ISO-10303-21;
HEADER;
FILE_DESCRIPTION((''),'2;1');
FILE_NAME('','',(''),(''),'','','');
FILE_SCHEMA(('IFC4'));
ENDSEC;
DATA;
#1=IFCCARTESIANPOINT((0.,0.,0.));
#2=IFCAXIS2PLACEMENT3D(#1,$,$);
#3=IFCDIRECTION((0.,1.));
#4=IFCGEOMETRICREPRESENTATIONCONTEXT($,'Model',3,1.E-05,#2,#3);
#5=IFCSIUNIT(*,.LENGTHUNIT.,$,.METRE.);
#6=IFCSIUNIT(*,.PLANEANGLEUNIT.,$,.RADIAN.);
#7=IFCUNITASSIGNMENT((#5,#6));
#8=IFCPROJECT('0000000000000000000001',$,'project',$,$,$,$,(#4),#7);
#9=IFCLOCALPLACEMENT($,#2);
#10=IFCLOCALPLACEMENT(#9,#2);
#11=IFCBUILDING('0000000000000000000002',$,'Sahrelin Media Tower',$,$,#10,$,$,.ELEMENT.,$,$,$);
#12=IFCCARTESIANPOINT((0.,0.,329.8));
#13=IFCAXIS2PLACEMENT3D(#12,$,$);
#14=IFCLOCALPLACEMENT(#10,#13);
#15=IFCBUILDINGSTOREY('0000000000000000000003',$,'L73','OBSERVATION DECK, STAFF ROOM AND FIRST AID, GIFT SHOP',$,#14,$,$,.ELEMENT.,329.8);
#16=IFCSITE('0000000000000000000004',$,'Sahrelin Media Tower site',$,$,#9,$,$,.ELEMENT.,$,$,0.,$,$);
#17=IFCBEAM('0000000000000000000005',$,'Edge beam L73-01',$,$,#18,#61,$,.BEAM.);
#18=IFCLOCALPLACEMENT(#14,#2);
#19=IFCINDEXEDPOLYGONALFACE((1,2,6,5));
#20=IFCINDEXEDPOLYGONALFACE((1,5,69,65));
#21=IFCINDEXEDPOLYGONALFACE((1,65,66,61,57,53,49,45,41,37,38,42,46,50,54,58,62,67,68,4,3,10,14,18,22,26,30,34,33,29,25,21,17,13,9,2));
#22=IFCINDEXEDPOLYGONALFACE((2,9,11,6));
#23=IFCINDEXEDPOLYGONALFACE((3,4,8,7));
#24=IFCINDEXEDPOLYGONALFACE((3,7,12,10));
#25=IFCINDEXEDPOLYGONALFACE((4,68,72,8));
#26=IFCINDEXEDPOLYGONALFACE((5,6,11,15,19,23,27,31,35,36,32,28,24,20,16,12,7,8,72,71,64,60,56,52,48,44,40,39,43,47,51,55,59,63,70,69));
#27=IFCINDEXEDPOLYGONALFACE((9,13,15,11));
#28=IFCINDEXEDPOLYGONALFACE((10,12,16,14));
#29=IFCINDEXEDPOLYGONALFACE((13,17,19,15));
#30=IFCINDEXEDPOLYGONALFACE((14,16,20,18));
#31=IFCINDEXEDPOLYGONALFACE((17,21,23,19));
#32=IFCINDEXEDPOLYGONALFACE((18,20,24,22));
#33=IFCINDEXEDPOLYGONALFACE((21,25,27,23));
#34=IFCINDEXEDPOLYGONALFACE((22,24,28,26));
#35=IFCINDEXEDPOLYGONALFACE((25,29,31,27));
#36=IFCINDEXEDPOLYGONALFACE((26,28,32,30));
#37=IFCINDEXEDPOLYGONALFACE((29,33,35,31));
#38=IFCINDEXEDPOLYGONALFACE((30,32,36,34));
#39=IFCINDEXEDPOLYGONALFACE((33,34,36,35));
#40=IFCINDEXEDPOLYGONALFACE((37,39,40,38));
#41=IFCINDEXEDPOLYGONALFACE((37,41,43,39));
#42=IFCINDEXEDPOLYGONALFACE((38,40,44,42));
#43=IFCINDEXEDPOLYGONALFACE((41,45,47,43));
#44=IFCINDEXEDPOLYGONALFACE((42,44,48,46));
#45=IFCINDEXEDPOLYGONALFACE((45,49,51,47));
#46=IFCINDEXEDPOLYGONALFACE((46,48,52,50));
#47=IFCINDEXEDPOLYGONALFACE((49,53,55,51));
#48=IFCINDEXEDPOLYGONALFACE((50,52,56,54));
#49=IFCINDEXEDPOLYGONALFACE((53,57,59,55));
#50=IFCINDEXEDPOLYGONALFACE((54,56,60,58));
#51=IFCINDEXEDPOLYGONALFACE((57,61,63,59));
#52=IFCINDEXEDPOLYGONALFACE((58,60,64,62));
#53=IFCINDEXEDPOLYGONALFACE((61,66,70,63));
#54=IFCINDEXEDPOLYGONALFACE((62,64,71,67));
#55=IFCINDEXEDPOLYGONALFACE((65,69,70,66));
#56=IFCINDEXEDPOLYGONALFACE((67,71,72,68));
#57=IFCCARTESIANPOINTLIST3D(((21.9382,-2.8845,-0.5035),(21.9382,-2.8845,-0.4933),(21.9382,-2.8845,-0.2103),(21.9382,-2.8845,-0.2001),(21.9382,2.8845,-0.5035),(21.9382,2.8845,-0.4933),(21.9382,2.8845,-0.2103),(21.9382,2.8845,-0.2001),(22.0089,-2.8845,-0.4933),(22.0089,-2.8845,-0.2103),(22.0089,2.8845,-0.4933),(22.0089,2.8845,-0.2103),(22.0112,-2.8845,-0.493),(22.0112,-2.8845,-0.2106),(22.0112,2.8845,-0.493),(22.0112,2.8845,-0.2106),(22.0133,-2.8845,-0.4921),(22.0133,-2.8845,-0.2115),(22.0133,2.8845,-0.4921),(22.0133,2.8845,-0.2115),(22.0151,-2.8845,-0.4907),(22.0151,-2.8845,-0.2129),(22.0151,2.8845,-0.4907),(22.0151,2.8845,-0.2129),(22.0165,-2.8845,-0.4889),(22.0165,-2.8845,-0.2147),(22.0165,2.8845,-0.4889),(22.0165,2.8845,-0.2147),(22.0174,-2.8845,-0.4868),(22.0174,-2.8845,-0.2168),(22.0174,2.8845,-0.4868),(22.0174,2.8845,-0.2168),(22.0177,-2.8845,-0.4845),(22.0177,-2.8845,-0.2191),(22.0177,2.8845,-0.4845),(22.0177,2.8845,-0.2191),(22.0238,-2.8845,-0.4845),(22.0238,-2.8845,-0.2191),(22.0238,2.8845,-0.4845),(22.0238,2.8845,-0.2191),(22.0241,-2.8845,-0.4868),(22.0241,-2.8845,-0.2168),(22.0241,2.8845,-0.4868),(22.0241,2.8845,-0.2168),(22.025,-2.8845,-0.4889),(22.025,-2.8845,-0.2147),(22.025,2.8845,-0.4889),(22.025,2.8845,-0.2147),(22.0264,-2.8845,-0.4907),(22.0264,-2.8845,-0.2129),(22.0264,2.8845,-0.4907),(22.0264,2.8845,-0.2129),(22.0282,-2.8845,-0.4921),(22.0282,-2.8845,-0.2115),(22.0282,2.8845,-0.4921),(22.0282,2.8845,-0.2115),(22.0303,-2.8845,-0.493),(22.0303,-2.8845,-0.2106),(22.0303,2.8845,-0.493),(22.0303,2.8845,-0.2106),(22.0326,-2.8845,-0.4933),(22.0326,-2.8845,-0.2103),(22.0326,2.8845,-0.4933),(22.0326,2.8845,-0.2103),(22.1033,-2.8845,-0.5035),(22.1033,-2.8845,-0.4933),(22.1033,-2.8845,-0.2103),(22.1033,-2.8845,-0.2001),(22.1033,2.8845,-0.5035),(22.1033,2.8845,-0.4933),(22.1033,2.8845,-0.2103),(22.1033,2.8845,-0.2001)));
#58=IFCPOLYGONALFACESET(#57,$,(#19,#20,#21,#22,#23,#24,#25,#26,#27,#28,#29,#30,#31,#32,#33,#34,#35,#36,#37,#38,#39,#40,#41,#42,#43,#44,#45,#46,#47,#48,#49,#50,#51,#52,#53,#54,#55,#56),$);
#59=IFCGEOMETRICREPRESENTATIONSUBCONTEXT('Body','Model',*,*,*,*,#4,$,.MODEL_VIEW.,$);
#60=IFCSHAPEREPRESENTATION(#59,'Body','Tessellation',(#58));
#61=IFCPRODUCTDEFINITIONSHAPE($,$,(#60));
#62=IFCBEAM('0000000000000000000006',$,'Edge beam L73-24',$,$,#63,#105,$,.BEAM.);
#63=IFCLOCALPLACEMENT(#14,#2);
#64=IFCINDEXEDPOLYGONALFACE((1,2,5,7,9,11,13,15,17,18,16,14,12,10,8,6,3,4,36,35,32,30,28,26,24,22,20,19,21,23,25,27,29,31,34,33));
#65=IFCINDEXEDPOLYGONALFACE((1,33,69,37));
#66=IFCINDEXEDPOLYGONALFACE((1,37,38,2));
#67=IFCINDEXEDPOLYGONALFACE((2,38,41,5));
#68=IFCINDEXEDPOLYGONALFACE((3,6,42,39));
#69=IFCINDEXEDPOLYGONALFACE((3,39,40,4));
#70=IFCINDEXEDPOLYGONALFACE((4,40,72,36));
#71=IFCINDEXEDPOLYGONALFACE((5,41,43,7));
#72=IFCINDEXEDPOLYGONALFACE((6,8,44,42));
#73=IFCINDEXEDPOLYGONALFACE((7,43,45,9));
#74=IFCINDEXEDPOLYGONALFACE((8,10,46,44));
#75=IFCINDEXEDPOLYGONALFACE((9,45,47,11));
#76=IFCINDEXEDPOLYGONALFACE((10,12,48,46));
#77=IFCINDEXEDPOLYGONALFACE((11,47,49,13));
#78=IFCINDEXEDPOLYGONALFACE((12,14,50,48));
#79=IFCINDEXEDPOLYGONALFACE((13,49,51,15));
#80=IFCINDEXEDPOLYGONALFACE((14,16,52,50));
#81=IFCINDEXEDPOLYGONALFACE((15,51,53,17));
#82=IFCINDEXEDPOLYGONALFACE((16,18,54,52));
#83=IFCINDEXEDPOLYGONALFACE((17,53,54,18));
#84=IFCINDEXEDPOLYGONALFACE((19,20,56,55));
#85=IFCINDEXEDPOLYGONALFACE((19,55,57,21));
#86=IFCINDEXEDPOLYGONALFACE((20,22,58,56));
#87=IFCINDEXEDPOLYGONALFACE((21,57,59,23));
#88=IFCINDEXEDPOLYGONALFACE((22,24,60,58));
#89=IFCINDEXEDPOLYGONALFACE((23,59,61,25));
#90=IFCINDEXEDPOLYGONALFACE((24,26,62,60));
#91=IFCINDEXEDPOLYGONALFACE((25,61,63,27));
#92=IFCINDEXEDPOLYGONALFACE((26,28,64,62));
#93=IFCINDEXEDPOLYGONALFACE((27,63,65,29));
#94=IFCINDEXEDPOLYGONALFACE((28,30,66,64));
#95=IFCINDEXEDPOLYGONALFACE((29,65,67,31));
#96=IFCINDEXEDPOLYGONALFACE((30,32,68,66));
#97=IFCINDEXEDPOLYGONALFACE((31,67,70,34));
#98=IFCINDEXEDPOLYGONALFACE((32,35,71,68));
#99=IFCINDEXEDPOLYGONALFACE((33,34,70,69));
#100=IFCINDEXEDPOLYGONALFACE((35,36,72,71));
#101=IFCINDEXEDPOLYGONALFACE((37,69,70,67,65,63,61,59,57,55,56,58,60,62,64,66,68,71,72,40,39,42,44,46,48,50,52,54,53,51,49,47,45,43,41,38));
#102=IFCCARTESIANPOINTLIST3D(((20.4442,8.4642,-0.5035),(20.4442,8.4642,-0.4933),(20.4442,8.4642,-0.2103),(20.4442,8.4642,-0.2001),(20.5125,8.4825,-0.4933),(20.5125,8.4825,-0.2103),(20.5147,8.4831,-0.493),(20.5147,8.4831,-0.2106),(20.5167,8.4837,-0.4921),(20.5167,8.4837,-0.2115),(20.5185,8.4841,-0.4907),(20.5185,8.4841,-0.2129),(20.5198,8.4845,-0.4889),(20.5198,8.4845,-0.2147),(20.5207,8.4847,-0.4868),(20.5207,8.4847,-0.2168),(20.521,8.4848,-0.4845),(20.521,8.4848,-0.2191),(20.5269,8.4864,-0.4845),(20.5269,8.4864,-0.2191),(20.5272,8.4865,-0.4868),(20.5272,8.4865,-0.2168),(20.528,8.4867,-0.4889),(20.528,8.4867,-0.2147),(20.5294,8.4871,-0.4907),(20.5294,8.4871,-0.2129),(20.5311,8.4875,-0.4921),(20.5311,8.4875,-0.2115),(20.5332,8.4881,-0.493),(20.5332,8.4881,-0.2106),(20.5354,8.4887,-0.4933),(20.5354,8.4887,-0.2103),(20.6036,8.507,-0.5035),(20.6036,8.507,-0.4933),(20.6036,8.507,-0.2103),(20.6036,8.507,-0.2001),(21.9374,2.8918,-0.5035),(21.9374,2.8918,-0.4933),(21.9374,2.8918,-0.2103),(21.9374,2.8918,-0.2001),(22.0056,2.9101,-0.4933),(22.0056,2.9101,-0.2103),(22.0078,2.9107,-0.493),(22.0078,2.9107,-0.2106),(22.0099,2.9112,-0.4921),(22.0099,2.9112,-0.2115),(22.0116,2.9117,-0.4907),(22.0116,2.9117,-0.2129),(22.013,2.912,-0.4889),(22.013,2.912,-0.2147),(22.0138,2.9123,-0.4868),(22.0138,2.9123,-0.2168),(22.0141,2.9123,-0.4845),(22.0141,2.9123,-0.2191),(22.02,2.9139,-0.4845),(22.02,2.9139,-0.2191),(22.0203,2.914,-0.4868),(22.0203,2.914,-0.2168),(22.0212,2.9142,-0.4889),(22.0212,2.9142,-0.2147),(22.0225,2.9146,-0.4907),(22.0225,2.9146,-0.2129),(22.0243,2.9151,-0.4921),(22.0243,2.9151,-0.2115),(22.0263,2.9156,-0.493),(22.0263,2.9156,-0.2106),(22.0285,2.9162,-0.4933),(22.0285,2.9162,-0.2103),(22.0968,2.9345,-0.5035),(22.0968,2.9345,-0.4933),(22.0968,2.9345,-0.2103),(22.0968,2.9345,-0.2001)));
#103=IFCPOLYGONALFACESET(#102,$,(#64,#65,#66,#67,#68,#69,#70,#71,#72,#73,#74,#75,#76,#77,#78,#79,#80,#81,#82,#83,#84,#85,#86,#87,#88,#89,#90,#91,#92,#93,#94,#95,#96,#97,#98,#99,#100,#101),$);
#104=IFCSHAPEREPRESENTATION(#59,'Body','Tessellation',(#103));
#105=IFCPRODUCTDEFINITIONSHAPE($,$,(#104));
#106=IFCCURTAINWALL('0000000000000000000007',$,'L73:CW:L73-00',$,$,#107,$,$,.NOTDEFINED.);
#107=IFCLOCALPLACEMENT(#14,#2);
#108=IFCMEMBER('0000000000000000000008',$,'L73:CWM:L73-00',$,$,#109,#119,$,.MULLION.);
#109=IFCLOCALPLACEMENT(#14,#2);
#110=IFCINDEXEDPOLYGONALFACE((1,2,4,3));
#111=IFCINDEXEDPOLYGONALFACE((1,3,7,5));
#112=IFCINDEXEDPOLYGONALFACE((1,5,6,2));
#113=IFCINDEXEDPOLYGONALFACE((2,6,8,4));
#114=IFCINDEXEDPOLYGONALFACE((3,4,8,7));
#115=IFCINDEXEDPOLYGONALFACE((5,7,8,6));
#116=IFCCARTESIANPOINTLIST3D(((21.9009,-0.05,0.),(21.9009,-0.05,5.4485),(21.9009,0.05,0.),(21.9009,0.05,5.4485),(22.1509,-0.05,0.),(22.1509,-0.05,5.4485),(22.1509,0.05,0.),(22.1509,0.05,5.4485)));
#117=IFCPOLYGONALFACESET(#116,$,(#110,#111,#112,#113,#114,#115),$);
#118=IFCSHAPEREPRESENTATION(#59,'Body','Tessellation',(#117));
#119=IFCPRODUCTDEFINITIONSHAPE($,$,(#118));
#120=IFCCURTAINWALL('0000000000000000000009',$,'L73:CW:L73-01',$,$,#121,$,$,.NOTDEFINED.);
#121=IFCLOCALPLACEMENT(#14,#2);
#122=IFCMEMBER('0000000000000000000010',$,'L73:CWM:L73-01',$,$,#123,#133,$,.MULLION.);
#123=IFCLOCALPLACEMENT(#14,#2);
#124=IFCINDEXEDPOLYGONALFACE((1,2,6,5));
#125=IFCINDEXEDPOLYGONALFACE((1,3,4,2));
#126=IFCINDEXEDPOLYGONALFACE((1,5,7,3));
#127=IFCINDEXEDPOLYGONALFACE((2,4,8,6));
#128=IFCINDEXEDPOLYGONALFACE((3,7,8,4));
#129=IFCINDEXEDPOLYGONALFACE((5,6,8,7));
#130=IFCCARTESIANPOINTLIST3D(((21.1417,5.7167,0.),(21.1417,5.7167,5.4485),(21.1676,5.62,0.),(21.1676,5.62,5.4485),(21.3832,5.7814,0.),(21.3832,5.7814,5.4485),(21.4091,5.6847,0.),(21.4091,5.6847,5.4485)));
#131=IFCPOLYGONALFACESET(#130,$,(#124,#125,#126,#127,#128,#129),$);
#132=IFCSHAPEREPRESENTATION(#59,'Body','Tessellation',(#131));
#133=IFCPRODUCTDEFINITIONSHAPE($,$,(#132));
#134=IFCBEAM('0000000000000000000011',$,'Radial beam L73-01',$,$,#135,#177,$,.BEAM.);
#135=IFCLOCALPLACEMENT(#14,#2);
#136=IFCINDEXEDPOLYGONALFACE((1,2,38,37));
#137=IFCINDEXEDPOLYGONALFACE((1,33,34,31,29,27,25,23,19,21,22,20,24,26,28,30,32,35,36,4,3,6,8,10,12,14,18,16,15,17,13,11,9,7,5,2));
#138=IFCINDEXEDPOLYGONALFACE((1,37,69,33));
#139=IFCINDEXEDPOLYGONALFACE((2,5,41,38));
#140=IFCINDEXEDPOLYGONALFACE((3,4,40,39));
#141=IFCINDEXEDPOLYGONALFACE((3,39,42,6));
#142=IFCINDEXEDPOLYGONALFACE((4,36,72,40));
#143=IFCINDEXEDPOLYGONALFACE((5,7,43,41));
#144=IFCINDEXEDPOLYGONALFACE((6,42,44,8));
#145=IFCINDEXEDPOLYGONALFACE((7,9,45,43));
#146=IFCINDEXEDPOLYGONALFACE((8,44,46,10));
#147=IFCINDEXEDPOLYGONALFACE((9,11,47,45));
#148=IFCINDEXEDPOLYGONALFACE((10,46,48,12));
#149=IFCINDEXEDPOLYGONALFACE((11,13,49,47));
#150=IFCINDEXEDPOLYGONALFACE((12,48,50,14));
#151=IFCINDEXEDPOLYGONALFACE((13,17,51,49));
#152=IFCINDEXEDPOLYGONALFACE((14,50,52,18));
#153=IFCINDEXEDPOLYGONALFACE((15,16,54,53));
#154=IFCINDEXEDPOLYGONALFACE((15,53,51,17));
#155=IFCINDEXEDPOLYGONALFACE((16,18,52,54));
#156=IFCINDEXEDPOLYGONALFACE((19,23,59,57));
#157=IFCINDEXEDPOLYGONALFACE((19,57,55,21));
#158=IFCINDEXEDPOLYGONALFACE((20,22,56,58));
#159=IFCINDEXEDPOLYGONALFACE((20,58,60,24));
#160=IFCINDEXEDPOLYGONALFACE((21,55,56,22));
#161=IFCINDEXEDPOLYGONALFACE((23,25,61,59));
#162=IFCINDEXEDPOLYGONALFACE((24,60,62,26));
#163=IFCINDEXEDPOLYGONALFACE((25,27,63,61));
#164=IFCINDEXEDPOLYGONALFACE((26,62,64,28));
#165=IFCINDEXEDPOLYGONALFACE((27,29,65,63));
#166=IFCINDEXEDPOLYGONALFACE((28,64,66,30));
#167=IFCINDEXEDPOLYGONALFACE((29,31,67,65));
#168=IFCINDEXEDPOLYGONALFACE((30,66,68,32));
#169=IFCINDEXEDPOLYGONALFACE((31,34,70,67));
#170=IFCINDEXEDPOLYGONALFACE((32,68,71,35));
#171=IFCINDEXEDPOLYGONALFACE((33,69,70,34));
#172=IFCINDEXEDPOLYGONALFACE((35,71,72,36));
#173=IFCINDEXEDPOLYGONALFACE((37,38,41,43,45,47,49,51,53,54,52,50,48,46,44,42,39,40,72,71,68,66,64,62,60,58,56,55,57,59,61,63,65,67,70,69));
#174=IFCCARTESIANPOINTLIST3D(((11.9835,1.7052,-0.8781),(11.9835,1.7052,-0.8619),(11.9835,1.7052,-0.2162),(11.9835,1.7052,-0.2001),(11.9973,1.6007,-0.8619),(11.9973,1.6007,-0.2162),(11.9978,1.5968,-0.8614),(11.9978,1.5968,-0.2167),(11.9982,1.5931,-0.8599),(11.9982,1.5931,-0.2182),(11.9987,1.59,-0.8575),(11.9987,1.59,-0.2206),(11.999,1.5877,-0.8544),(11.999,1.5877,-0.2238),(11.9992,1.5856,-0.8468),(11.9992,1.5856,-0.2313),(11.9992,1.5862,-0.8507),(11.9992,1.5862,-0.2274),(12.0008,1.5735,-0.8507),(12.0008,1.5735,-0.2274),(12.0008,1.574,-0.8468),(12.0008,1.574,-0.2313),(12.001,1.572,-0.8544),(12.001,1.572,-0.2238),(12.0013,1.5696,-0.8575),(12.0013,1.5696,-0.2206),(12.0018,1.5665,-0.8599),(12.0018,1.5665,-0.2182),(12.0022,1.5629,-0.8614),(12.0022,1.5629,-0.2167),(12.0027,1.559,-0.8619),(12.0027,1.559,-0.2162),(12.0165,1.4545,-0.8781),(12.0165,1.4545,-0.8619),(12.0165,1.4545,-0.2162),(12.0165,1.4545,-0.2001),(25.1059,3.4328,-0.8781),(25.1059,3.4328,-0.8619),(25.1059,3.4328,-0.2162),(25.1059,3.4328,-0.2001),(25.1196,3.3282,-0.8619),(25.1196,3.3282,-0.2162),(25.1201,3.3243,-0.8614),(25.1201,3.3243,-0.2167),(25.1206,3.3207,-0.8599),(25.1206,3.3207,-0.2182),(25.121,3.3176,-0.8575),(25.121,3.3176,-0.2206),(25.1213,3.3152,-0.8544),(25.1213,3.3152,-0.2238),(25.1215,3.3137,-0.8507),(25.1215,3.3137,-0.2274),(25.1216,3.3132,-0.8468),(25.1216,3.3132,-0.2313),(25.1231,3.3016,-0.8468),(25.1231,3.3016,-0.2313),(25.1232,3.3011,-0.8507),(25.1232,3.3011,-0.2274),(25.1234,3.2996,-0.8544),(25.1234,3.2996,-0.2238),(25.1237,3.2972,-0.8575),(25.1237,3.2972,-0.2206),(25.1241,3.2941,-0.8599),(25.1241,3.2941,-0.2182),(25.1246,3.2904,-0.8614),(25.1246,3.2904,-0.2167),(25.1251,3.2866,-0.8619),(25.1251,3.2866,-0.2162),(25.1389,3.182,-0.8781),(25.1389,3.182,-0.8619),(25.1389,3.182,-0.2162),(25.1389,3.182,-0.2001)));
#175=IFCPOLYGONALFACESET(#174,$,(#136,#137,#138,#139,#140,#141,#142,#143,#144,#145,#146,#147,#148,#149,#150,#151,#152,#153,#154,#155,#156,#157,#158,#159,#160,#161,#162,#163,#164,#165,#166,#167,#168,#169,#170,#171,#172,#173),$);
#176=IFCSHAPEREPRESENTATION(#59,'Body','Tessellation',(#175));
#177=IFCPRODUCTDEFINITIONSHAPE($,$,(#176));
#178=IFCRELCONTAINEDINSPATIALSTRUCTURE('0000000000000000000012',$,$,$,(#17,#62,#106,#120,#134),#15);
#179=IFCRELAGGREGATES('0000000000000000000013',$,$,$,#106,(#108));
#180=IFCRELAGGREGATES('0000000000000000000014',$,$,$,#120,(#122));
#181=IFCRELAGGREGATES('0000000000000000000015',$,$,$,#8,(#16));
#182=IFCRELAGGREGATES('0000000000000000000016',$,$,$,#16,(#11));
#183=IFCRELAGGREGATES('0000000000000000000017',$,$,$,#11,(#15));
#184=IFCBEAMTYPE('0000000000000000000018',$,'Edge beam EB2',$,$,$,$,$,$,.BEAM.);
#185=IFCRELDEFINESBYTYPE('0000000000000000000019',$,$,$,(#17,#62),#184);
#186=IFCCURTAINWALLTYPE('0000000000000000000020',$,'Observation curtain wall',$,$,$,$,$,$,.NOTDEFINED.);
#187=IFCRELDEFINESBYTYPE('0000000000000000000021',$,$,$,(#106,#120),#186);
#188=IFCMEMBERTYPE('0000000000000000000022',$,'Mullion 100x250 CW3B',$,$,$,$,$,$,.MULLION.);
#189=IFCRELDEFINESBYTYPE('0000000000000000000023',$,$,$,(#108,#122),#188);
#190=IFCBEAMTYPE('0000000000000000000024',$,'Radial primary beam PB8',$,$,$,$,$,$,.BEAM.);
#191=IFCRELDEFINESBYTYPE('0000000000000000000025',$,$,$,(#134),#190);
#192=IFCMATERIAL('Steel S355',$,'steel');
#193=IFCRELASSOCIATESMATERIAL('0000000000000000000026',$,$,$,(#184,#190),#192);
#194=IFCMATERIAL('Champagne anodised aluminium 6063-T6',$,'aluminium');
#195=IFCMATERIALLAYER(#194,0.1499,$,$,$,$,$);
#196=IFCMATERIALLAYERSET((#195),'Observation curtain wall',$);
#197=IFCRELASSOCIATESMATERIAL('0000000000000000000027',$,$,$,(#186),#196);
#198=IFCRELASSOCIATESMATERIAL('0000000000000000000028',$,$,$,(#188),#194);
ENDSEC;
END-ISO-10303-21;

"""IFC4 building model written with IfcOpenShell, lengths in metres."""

from ifc_helpers import new_model, si_unit, direction, frame, origin, origin_2d, place, context, subcontext, project, spatial, rectangle, i_section, extrude, material, layer, layer_set, material_profile, profile_set, type_object, element, aggregate, save


model = new_model("IFC4")

# Units and contexts
model_context = context("Model", 3, precision=1e-05, world=origin(), true_north=direction((0.0, 1.0)))
body_context = subcontext(model_context, "Body", "Model", "MODEL_VIEW")
ifc_project = project(units=[si_unit("LENGTHUNIT", "METRE"), si_unit("PLANEANGLEUNIT", "RADIAN")], contexts=[model_context])

# Site, building, storey
site_placement = place(None, origin())
site = spatial("IfcSite", under=ifc_project, at=site_placement, Name="Sahrelin Media Tower site", CompositionType="ELEMENT", RefElevation=0.0)
building_placement = place(site_placement, origin())
building = spatial("IfcBuilding", under=site, at=building_placement, Name="Sahrelin Media Tower", CompositionType="ELEMENT")
storey_placement = place(building_placement, frame((0.0, 0.0, 329.8)))
storey = spatial("IfcBuildingStorey", under=building, at=storey_placement, Name="L73", Description="OBSERVATION DECK, STAFF ROOM AND FIRST AID, GIFT SHOP", CompositionType="ELEMENT", Elevation=329.8)

# Beams
ifc_material_1 = material(Name="Steel S355", Category="steel")
ifc_material_profile_1 = material_profile(ifc_material_1, i_section(OverallWidth=0.165, OverallDepth=0.3035, WebThickness=0.0061, FlangeThickness=0.0103, FilletRadius=0.0088, at=origin_2d()), Name="UB 305x165x40")
ifc_profile_set_1 = profile_set([ifc_material_profile_1], Name="Steel S355")
beam_type_1 = type_object("IfcBeamType", Name="Edge beam EB2", PredefinedType="BEAM", material=ifc_profile_set_1)
for number, where, z_axis, x_axis, name in (
    (1, (22.0208, 2.8845, -0.3518), (0.0, -1.0, 0.0), (1.0, 0.0, 0.0), "Edge beam L73-01"),
    (2, (20.5239, 8.4856, -0.3518), (0.258821, -0.965925, 0.0), (0.965925, 0.258821, 0.0), "Edge beam L73-24"),
):
    element("IfcBeam", number, at=place(storey_placement, frame(where, z_axis=z_axis, x_axis=x_axis)), inside=storey, type_object=beam_type_1, Name=name, PredefinedType="BEAM", context=body_context, shape_type="SweptSolid", body=[
        extrude(i_section(OverallWidth=0.165, OverallDepth=0.3035, WebThickness=0.0061, FlangeThickness=0.0103, FilletRadius=0.0088, at=origin_2d()), origin(), (0.0, 0.0, 1.0), 5.769),
    ])

# Curtain walls, members
ifc_material_2 = material(Name="Champagne anodised aluminium 6063-T6", Category="aluminium")
ifc_layer_1 = layer(ifc_material_2, 0.1499)
ifc_layer_set_1 = layer_set([ifc_layer_1], Name="Observation curtain wall")
curtain_wall_type = type_object("IfcCurtainWallType", Name="Observation curtain wall", PredefinedType="NOTDEFINED", material=ifc_layer_set_1)
curtain_wall_1_placement = place(storey_placement, frame((22.1709, 0.0, 0.0), z_axis=(0.0, 0.0, 1.0), x_axis=(1.0, 0.0, 0.0)))
curtain_wall_1 = element("IfcCurtainWall", 3, at=curtain_wall_1_placement, inside=storey, type_object=curtain_wall_type, Name="L73:CW:L73-00", PredefinedType="NOTDEFINED")
ifc_material_profile_2 = material_profile(ifc_material_2, rectangle(XDim=0.1001, YDim=0.25, at=origin_2d()), Name="Mullion 100x250")
ifc_profile_set_2 = profile_set([ifc_material_profile_2], Name="Champagne anodised aluminium 6063-T6")
member_type_1 = type_object("IfcMemberType", Name="Mullion 100x250 CW3B", PredefinedType="MULLION", material=ifc_profile_set_2)
member_1_placement = place(storey_placement, frame((22.0259, 0.0, 0.0), z_axis=(0.0, 0.0, 1.0), x_axis=(0.0, 1.0, 0.0)))
member_1 = element("IfcMember", 4, at=member_1_placement, type_object=member_type_1, Name="L73:CWM:L73-00", PredefinedType="MULLION", context=body_context, shape_type="SweptSolid", body=[
    extrude(rectangle(XDim=0.1001, YDim=0.25, at=origin_2d()), origin(), (0.0, 0.0, 1.0), 5.4485),
])
aggregate(curtain_wall_1, [member_1])
curtain_wall_2_placement = place(storey_placement, frame((21.4153, 5.7383, 0.0), z_axis=(0.0, 0.0, 1.0), x_axis=(1.0, 0.0, 0.0)))
curtain_wall_2 = element("IfcCurtainWall", 5, at=curtain_wall_2_placement, inside=storey, type_object=curtain_wall_type, Name="L73:CW:L73-01", PredefinedType="NOTDEFINED")
member_2_placement = place(storey_placement, frame((21.2754, 5.7007, 0.0), z_axis=(0.0, 0.0, 1.0), x_axis=(-0.258817, 0.965926, 0.0)))
member_2 = element("IfcMember", 6, at=member_2_placement, type_object=member_type_1, Name="L73:CWM:L73-01", PredefinedType="MULLION", context=body_context, shape_type="SweptSolid", body=[
    extrude(rectangle(XDim=0.1001, YDim=0.25, at=origin_2d()), origin(), (0.0, 0.0, 1.0), 5.4485),
])

# Beam
ifc_material_profile_3 = material_profile(ifc_material_1, i_section(OverallWidth=0.2529, OverallDepth=0.678, WebThickness=0.0117, FlangeThickness=0.0161, FilletRadius=0.0151, at=origin_2d()), Name="UB 686x254x125")
ifc_profile_set_3 = profile_set([ifc_material_profile_3], Name="Steel S355")
beam_type_2 = type_object("IfcBeamType", Name="Radial primary beam PB8", PredefinedType="BEAM", material=ifc_profile_set_3)
beam_1_placement = place(storey_placement, frame((12.0, 1.5798, -0.5391), z_axis=(0.991445, 0.130523, 0.0), x_axis=(-0.130523, 0.991445, 0.0)))
element("IfcBeam", 7, at=beam_1_placement, inside=storey, type_object=beam_type_2, Name="Radial beam L73-01", PredefinedType="BEAM", context=body_context, shape_type="SweptSolid", body=[
    extrude(i_section(OverallWidth=0.2529, OverallDepth=0.678, WebThickness=0.0117, FlangeThickness=0.0161, FilletRadius=0.0151, at=origin_2d()), origin(), (0.0, 0.0, 1.0), 13.2356),
])

aggregate(curtain_wall_2, [member_2])

save(model, "model.ifc")
